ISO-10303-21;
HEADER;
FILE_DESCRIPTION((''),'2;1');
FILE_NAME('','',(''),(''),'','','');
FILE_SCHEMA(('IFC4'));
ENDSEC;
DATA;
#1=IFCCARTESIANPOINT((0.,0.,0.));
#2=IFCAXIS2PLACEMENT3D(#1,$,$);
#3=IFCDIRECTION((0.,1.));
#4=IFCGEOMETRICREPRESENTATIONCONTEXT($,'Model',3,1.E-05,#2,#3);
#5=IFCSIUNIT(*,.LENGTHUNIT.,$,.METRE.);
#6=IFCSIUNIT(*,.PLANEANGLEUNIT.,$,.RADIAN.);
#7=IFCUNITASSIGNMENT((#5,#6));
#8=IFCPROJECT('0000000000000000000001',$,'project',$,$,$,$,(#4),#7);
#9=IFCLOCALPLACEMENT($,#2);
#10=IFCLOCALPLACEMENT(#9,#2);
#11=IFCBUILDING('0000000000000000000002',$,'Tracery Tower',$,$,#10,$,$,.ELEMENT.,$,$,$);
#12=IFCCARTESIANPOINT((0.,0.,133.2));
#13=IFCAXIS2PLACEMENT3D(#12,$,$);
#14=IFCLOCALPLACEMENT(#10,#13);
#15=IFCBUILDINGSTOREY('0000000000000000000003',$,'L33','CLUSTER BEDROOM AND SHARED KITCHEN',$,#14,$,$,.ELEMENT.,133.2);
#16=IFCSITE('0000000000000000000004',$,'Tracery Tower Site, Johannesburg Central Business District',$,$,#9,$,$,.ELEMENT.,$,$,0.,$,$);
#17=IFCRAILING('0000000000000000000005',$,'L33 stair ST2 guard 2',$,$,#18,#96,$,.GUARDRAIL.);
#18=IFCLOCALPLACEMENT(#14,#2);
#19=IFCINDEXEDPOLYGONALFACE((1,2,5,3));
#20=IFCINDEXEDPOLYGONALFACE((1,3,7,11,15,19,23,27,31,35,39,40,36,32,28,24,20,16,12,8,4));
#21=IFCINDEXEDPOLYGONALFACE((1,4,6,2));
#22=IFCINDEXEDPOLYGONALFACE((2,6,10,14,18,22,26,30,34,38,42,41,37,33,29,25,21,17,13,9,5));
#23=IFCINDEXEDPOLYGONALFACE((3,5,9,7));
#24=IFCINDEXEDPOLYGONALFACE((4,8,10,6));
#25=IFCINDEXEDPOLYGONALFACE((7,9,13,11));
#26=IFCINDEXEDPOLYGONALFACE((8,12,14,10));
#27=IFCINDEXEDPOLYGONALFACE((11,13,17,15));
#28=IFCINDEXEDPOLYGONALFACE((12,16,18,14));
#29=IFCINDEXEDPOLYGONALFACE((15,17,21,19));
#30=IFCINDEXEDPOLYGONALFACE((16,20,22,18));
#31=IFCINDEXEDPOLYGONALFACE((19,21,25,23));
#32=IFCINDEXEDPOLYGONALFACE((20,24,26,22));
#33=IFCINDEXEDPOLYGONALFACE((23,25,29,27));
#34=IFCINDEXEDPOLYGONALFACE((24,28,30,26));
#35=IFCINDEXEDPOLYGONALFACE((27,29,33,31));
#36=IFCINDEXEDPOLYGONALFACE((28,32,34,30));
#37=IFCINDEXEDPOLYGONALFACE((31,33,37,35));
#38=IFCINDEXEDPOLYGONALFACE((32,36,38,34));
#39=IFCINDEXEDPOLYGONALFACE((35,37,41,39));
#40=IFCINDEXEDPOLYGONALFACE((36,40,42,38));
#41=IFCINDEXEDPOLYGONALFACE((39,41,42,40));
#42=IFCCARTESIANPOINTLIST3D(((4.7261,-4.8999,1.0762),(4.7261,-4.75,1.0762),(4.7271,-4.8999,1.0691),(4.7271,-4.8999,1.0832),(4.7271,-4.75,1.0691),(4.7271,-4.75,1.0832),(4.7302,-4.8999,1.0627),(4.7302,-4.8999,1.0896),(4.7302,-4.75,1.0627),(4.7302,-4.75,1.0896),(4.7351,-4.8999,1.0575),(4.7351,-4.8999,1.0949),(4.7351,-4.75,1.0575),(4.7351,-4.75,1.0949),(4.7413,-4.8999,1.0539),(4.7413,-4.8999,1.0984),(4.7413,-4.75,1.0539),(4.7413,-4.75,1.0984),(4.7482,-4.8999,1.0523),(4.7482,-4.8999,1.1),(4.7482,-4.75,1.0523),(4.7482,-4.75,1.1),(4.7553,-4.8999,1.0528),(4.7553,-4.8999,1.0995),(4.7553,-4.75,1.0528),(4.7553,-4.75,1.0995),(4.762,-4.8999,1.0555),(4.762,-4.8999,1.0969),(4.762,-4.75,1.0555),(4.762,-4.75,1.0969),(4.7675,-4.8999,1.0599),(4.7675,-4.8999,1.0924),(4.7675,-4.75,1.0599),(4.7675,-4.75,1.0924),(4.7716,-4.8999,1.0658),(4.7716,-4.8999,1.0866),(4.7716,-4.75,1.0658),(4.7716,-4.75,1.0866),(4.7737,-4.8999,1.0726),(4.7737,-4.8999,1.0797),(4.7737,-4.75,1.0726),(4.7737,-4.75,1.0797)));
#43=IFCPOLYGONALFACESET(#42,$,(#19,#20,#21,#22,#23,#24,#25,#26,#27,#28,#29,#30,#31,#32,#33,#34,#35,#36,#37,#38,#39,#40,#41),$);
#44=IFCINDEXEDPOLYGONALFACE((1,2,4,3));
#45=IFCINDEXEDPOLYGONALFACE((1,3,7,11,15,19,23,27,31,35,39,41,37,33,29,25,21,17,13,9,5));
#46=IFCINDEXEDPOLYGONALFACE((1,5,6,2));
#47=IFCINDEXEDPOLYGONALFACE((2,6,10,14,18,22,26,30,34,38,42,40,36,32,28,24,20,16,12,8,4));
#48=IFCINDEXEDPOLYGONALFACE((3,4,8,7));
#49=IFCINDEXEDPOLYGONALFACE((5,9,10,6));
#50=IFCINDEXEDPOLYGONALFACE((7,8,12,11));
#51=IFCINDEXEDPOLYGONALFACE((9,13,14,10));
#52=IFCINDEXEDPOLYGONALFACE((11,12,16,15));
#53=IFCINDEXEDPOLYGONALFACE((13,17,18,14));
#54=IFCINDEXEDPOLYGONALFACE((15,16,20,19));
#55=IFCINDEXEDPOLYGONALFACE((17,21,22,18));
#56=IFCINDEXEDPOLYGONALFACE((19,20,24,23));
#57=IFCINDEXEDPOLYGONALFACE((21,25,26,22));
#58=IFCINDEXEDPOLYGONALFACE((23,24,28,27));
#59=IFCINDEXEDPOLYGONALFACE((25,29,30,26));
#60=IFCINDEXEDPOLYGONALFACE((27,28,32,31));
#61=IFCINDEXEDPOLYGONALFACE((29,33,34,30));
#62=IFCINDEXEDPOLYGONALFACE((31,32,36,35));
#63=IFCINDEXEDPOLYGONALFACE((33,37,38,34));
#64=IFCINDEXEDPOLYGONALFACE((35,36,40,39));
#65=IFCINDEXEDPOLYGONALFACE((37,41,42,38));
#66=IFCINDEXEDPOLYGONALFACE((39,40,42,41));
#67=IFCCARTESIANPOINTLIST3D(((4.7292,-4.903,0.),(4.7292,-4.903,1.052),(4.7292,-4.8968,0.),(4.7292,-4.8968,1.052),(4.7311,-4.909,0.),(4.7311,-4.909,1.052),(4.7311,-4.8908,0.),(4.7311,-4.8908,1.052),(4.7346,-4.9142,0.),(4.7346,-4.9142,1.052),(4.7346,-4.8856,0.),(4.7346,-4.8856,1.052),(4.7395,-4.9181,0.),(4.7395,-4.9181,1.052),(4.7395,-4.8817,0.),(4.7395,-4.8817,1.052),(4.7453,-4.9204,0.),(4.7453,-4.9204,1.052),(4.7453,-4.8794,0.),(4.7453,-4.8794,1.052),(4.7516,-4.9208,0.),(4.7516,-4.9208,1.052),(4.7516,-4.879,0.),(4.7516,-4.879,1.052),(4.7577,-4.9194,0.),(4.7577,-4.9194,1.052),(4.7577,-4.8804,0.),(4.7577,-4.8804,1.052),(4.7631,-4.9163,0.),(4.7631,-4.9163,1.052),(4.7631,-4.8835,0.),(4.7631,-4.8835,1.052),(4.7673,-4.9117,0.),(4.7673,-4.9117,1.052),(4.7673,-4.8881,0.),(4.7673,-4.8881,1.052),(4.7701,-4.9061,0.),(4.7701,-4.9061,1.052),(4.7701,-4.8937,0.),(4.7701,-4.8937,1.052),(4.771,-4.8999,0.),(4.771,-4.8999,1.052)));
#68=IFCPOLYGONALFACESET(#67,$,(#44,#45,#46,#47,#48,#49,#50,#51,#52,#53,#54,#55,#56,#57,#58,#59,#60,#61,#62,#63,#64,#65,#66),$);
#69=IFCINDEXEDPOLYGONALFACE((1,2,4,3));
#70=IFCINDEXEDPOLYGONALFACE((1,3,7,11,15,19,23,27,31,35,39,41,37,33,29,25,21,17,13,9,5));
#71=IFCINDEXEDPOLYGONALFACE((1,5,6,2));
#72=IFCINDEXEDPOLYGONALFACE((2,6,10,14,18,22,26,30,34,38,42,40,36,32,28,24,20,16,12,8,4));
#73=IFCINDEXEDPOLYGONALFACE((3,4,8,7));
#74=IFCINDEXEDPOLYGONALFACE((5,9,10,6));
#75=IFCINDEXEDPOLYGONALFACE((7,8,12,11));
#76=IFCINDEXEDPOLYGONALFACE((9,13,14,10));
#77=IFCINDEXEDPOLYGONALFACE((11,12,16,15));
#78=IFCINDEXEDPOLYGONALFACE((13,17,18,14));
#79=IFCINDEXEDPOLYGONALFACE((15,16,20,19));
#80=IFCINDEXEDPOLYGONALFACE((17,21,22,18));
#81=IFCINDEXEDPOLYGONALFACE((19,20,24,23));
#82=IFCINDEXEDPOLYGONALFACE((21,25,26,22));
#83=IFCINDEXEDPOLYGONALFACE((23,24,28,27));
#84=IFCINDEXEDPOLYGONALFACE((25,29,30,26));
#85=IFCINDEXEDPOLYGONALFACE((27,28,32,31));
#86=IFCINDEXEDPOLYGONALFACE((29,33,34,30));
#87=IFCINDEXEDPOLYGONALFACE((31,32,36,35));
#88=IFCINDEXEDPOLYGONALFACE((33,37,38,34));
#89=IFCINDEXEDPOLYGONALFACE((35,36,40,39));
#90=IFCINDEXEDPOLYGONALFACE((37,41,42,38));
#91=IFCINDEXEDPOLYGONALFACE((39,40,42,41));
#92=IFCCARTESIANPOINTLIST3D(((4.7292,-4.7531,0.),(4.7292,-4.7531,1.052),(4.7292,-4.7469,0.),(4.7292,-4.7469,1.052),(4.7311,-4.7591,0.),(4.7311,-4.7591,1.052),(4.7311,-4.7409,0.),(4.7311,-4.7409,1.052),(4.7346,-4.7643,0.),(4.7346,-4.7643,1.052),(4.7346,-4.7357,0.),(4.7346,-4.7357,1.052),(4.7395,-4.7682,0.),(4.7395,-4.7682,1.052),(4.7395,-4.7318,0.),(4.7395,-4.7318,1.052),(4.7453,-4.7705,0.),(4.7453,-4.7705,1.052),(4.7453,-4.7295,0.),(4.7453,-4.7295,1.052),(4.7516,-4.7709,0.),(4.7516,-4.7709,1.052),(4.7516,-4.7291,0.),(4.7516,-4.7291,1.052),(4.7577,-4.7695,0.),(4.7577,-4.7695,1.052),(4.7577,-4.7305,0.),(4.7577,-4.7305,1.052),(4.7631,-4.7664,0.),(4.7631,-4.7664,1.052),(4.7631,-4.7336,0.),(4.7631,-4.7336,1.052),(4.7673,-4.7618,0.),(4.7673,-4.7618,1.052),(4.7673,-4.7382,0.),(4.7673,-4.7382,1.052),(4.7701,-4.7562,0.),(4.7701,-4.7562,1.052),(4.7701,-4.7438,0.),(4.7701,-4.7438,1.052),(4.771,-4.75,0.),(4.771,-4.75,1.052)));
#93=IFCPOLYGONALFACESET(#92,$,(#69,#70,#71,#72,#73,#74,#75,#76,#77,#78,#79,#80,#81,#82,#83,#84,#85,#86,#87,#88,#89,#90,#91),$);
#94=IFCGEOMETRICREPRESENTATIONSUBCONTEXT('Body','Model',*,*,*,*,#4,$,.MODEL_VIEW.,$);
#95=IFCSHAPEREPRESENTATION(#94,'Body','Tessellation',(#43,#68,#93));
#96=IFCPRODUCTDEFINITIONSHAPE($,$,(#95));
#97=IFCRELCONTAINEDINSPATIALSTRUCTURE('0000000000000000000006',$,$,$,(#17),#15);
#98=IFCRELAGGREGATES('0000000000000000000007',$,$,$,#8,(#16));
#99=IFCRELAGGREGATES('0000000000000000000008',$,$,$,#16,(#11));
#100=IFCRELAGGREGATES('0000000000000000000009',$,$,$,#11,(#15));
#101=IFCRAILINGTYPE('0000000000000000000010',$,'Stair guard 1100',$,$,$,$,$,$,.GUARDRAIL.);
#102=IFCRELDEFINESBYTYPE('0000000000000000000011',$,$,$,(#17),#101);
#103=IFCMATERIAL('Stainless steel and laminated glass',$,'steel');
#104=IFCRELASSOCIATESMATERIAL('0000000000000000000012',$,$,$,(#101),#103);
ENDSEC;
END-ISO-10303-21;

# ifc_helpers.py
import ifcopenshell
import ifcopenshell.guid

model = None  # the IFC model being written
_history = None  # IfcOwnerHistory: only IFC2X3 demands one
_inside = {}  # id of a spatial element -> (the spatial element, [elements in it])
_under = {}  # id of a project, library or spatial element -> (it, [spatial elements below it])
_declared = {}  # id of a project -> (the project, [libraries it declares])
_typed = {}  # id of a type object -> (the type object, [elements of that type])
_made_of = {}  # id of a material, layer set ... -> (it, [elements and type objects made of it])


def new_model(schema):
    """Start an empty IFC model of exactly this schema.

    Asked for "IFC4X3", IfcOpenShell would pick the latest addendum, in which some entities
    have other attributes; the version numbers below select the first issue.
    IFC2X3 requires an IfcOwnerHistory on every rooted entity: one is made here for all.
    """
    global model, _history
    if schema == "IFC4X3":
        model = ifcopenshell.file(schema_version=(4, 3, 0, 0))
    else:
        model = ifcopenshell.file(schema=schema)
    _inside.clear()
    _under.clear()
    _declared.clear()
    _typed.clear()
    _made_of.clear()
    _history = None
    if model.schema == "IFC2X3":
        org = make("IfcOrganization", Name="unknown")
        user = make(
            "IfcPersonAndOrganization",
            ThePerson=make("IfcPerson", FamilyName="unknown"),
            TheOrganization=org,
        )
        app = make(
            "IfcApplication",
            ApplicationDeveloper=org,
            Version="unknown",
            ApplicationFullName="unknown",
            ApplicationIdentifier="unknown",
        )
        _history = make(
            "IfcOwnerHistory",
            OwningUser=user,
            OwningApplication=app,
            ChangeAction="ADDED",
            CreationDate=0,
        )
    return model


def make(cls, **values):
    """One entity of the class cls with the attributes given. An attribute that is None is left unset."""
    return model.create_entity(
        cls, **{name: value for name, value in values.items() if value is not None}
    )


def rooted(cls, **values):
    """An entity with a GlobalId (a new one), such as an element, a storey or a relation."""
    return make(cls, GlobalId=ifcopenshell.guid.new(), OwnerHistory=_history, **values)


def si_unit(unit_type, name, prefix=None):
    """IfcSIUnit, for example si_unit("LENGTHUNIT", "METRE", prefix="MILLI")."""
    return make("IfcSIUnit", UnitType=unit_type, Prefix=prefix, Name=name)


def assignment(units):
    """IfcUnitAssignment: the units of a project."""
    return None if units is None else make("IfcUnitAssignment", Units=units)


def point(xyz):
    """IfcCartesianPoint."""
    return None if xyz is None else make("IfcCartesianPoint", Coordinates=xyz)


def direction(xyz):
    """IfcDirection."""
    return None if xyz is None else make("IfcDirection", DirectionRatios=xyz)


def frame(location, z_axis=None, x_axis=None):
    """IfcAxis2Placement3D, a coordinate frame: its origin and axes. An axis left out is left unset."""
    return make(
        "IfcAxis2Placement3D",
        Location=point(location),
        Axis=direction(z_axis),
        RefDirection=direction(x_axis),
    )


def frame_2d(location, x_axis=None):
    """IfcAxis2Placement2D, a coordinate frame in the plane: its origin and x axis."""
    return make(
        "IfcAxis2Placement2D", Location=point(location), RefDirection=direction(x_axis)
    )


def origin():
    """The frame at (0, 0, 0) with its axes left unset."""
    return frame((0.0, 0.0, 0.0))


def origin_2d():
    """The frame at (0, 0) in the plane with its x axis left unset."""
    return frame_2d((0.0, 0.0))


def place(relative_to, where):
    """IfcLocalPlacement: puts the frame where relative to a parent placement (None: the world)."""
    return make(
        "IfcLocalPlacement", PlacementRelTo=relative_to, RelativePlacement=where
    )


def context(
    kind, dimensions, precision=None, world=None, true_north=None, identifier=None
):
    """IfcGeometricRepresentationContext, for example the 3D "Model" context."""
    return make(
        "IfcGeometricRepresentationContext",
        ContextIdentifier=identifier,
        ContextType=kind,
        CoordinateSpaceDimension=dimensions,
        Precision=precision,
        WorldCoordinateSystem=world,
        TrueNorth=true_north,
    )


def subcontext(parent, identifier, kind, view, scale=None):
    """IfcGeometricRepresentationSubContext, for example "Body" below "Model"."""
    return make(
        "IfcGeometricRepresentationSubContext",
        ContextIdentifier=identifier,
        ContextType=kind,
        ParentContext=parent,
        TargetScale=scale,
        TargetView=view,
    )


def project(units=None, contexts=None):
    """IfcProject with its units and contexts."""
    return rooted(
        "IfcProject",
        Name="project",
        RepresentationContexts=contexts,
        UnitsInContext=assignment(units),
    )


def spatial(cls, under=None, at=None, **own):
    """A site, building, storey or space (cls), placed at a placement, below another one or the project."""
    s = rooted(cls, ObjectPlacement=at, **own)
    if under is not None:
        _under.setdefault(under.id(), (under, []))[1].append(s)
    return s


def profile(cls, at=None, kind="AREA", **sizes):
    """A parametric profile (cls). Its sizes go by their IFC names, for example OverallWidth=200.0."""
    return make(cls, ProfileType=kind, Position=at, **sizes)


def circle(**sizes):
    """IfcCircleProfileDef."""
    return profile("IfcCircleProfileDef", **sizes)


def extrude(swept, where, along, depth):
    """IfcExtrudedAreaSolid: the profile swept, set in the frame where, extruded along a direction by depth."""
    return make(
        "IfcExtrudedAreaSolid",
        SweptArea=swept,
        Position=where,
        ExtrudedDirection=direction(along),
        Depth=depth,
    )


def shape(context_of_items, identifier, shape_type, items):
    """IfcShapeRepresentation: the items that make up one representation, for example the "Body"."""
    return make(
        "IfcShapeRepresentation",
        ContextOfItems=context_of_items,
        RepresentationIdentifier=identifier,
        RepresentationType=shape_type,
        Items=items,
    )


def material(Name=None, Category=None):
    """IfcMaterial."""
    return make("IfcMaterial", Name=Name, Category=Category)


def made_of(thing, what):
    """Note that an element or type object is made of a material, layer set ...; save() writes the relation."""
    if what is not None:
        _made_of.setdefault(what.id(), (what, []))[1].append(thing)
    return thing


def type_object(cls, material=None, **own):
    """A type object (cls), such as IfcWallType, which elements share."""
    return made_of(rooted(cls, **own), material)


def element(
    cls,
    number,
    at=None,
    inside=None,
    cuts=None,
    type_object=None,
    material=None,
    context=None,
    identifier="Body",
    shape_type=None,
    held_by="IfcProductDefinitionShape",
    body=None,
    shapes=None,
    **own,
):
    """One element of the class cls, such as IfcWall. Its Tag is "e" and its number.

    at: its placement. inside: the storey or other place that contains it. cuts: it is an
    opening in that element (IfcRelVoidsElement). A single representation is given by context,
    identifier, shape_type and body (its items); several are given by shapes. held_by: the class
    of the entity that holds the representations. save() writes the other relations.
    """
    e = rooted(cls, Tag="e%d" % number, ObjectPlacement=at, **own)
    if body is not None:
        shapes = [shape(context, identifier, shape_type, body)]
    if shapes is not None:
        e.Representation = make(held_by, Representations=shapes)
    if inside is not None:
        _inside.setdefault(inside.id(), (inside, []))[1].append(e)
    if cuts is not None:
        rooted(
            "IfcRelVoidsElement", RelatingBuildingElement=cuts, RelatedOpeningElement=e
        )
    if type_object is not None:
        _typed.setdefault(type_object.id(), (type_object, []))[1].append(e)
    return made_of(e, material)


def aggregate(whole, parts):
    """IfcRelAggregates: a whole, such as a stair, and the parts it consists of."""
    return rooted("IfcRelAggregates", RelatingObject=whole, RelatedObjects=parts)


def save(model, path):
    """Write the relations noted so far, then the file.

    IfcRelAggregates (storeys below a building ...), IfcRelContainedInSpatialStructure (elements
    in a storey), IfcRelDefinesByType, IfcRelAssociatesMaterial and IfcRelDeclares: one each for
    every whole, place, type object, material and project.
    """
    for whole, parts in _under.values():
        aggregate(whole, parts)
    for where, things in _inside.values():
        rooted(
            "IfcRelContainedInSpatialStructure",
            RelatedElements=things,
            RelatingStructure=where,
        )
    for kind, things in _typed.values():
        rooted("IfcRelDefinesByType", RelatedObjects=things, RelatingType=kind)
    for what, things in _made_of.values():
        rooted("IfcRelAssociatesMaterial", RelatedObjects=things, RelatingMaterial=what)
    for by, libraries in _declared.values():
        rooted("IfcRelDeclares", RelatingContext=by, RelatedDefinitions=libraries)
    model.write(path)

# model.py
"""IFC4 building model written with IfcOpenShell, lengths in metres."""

from ifc_helpers import new_model, si_unit, direction, frame, origin, origin_2d, place, context, subcontext, project, spatial, circle, extrude, material, type_object, element, save


model = new_model("IFC4")

# Units and contexts
model_context = context("Model", 3, precision=1e-05, world=origin(), true_north=direction((0.0, 1.0)))
body_context = subcontext(model_context, "Body", "Model", "MODEL_VIEW")
ifc_project = project(units=[si_unit("LENGTHUNIT", "METRE"), si_unit("PLANEANGLEUNIT", "RADIAN")], contexts=[model_context])

# Site, building, storey
site_placement = place(None, origin())
site = spatial("IfcSite", under=ifc_project, at=site_placement, Name="Tracery Tower Site, Johannesburg Central Business District", CompositionType="ELEMENT", RefElevation=0.0)
building_placement = place(site_placement, origin())
building = spatial("IfcBuilding", under=site, at=building_placement, Name="Tracery Tower", CompositionType="ELEMENT")
storey_placement = place(building_placement, frame((0.0, 0.0, 133.2)))
storey = spatial("IfcBuildingStorey", under=building, at=storey_placement, Name="L33", Description="CLUSTER BEDROOM AND SHARED KITCHEN", CompositionType="ELEMENT", Elevation=133.2)

# Railing
ifc_material_1 = material(Name="Stainless steel and laminated glass", Category="steel")
railing_type_1 = type_object("IfcRailingType", Name="Stair guard 1100", PredefinedType="GUARDRAIL", material=ifc_material_1)
railing_1_placement = place(storey_placement, frame((4.75, -4.8999, 0.0)))
element("IfcRailing", 1, at=railing_1_placement, inside=storey, type_object=railing_type_1, Name="L33 stair ST2 guard 2", PredefinedType="GUARDRAIL", context=body_context, shape_type="SweptSolid", body=[
    extrude(circle(Radius=0.0239, at=origin_2d()), frame((0.0, 0.0, 1.0762), z_axis=(0.0, 1.0, 0.0), x_axis=(-1.0, 0.0, 0.0)), (0.0, 0.0, 1.0), 0.1499),
    extrude(circle(Radius=0.021, at=origin_2d()), origin(), (0.0, 0.0, 1.0), 1.052),
    extrude(circle(Radius=0.021, at=origin_2d()), frame((0.0, 0.1499, 0.0)), (0.0, 0.0, 1.0), 1.052),
])

save(model, "model.ifc")
